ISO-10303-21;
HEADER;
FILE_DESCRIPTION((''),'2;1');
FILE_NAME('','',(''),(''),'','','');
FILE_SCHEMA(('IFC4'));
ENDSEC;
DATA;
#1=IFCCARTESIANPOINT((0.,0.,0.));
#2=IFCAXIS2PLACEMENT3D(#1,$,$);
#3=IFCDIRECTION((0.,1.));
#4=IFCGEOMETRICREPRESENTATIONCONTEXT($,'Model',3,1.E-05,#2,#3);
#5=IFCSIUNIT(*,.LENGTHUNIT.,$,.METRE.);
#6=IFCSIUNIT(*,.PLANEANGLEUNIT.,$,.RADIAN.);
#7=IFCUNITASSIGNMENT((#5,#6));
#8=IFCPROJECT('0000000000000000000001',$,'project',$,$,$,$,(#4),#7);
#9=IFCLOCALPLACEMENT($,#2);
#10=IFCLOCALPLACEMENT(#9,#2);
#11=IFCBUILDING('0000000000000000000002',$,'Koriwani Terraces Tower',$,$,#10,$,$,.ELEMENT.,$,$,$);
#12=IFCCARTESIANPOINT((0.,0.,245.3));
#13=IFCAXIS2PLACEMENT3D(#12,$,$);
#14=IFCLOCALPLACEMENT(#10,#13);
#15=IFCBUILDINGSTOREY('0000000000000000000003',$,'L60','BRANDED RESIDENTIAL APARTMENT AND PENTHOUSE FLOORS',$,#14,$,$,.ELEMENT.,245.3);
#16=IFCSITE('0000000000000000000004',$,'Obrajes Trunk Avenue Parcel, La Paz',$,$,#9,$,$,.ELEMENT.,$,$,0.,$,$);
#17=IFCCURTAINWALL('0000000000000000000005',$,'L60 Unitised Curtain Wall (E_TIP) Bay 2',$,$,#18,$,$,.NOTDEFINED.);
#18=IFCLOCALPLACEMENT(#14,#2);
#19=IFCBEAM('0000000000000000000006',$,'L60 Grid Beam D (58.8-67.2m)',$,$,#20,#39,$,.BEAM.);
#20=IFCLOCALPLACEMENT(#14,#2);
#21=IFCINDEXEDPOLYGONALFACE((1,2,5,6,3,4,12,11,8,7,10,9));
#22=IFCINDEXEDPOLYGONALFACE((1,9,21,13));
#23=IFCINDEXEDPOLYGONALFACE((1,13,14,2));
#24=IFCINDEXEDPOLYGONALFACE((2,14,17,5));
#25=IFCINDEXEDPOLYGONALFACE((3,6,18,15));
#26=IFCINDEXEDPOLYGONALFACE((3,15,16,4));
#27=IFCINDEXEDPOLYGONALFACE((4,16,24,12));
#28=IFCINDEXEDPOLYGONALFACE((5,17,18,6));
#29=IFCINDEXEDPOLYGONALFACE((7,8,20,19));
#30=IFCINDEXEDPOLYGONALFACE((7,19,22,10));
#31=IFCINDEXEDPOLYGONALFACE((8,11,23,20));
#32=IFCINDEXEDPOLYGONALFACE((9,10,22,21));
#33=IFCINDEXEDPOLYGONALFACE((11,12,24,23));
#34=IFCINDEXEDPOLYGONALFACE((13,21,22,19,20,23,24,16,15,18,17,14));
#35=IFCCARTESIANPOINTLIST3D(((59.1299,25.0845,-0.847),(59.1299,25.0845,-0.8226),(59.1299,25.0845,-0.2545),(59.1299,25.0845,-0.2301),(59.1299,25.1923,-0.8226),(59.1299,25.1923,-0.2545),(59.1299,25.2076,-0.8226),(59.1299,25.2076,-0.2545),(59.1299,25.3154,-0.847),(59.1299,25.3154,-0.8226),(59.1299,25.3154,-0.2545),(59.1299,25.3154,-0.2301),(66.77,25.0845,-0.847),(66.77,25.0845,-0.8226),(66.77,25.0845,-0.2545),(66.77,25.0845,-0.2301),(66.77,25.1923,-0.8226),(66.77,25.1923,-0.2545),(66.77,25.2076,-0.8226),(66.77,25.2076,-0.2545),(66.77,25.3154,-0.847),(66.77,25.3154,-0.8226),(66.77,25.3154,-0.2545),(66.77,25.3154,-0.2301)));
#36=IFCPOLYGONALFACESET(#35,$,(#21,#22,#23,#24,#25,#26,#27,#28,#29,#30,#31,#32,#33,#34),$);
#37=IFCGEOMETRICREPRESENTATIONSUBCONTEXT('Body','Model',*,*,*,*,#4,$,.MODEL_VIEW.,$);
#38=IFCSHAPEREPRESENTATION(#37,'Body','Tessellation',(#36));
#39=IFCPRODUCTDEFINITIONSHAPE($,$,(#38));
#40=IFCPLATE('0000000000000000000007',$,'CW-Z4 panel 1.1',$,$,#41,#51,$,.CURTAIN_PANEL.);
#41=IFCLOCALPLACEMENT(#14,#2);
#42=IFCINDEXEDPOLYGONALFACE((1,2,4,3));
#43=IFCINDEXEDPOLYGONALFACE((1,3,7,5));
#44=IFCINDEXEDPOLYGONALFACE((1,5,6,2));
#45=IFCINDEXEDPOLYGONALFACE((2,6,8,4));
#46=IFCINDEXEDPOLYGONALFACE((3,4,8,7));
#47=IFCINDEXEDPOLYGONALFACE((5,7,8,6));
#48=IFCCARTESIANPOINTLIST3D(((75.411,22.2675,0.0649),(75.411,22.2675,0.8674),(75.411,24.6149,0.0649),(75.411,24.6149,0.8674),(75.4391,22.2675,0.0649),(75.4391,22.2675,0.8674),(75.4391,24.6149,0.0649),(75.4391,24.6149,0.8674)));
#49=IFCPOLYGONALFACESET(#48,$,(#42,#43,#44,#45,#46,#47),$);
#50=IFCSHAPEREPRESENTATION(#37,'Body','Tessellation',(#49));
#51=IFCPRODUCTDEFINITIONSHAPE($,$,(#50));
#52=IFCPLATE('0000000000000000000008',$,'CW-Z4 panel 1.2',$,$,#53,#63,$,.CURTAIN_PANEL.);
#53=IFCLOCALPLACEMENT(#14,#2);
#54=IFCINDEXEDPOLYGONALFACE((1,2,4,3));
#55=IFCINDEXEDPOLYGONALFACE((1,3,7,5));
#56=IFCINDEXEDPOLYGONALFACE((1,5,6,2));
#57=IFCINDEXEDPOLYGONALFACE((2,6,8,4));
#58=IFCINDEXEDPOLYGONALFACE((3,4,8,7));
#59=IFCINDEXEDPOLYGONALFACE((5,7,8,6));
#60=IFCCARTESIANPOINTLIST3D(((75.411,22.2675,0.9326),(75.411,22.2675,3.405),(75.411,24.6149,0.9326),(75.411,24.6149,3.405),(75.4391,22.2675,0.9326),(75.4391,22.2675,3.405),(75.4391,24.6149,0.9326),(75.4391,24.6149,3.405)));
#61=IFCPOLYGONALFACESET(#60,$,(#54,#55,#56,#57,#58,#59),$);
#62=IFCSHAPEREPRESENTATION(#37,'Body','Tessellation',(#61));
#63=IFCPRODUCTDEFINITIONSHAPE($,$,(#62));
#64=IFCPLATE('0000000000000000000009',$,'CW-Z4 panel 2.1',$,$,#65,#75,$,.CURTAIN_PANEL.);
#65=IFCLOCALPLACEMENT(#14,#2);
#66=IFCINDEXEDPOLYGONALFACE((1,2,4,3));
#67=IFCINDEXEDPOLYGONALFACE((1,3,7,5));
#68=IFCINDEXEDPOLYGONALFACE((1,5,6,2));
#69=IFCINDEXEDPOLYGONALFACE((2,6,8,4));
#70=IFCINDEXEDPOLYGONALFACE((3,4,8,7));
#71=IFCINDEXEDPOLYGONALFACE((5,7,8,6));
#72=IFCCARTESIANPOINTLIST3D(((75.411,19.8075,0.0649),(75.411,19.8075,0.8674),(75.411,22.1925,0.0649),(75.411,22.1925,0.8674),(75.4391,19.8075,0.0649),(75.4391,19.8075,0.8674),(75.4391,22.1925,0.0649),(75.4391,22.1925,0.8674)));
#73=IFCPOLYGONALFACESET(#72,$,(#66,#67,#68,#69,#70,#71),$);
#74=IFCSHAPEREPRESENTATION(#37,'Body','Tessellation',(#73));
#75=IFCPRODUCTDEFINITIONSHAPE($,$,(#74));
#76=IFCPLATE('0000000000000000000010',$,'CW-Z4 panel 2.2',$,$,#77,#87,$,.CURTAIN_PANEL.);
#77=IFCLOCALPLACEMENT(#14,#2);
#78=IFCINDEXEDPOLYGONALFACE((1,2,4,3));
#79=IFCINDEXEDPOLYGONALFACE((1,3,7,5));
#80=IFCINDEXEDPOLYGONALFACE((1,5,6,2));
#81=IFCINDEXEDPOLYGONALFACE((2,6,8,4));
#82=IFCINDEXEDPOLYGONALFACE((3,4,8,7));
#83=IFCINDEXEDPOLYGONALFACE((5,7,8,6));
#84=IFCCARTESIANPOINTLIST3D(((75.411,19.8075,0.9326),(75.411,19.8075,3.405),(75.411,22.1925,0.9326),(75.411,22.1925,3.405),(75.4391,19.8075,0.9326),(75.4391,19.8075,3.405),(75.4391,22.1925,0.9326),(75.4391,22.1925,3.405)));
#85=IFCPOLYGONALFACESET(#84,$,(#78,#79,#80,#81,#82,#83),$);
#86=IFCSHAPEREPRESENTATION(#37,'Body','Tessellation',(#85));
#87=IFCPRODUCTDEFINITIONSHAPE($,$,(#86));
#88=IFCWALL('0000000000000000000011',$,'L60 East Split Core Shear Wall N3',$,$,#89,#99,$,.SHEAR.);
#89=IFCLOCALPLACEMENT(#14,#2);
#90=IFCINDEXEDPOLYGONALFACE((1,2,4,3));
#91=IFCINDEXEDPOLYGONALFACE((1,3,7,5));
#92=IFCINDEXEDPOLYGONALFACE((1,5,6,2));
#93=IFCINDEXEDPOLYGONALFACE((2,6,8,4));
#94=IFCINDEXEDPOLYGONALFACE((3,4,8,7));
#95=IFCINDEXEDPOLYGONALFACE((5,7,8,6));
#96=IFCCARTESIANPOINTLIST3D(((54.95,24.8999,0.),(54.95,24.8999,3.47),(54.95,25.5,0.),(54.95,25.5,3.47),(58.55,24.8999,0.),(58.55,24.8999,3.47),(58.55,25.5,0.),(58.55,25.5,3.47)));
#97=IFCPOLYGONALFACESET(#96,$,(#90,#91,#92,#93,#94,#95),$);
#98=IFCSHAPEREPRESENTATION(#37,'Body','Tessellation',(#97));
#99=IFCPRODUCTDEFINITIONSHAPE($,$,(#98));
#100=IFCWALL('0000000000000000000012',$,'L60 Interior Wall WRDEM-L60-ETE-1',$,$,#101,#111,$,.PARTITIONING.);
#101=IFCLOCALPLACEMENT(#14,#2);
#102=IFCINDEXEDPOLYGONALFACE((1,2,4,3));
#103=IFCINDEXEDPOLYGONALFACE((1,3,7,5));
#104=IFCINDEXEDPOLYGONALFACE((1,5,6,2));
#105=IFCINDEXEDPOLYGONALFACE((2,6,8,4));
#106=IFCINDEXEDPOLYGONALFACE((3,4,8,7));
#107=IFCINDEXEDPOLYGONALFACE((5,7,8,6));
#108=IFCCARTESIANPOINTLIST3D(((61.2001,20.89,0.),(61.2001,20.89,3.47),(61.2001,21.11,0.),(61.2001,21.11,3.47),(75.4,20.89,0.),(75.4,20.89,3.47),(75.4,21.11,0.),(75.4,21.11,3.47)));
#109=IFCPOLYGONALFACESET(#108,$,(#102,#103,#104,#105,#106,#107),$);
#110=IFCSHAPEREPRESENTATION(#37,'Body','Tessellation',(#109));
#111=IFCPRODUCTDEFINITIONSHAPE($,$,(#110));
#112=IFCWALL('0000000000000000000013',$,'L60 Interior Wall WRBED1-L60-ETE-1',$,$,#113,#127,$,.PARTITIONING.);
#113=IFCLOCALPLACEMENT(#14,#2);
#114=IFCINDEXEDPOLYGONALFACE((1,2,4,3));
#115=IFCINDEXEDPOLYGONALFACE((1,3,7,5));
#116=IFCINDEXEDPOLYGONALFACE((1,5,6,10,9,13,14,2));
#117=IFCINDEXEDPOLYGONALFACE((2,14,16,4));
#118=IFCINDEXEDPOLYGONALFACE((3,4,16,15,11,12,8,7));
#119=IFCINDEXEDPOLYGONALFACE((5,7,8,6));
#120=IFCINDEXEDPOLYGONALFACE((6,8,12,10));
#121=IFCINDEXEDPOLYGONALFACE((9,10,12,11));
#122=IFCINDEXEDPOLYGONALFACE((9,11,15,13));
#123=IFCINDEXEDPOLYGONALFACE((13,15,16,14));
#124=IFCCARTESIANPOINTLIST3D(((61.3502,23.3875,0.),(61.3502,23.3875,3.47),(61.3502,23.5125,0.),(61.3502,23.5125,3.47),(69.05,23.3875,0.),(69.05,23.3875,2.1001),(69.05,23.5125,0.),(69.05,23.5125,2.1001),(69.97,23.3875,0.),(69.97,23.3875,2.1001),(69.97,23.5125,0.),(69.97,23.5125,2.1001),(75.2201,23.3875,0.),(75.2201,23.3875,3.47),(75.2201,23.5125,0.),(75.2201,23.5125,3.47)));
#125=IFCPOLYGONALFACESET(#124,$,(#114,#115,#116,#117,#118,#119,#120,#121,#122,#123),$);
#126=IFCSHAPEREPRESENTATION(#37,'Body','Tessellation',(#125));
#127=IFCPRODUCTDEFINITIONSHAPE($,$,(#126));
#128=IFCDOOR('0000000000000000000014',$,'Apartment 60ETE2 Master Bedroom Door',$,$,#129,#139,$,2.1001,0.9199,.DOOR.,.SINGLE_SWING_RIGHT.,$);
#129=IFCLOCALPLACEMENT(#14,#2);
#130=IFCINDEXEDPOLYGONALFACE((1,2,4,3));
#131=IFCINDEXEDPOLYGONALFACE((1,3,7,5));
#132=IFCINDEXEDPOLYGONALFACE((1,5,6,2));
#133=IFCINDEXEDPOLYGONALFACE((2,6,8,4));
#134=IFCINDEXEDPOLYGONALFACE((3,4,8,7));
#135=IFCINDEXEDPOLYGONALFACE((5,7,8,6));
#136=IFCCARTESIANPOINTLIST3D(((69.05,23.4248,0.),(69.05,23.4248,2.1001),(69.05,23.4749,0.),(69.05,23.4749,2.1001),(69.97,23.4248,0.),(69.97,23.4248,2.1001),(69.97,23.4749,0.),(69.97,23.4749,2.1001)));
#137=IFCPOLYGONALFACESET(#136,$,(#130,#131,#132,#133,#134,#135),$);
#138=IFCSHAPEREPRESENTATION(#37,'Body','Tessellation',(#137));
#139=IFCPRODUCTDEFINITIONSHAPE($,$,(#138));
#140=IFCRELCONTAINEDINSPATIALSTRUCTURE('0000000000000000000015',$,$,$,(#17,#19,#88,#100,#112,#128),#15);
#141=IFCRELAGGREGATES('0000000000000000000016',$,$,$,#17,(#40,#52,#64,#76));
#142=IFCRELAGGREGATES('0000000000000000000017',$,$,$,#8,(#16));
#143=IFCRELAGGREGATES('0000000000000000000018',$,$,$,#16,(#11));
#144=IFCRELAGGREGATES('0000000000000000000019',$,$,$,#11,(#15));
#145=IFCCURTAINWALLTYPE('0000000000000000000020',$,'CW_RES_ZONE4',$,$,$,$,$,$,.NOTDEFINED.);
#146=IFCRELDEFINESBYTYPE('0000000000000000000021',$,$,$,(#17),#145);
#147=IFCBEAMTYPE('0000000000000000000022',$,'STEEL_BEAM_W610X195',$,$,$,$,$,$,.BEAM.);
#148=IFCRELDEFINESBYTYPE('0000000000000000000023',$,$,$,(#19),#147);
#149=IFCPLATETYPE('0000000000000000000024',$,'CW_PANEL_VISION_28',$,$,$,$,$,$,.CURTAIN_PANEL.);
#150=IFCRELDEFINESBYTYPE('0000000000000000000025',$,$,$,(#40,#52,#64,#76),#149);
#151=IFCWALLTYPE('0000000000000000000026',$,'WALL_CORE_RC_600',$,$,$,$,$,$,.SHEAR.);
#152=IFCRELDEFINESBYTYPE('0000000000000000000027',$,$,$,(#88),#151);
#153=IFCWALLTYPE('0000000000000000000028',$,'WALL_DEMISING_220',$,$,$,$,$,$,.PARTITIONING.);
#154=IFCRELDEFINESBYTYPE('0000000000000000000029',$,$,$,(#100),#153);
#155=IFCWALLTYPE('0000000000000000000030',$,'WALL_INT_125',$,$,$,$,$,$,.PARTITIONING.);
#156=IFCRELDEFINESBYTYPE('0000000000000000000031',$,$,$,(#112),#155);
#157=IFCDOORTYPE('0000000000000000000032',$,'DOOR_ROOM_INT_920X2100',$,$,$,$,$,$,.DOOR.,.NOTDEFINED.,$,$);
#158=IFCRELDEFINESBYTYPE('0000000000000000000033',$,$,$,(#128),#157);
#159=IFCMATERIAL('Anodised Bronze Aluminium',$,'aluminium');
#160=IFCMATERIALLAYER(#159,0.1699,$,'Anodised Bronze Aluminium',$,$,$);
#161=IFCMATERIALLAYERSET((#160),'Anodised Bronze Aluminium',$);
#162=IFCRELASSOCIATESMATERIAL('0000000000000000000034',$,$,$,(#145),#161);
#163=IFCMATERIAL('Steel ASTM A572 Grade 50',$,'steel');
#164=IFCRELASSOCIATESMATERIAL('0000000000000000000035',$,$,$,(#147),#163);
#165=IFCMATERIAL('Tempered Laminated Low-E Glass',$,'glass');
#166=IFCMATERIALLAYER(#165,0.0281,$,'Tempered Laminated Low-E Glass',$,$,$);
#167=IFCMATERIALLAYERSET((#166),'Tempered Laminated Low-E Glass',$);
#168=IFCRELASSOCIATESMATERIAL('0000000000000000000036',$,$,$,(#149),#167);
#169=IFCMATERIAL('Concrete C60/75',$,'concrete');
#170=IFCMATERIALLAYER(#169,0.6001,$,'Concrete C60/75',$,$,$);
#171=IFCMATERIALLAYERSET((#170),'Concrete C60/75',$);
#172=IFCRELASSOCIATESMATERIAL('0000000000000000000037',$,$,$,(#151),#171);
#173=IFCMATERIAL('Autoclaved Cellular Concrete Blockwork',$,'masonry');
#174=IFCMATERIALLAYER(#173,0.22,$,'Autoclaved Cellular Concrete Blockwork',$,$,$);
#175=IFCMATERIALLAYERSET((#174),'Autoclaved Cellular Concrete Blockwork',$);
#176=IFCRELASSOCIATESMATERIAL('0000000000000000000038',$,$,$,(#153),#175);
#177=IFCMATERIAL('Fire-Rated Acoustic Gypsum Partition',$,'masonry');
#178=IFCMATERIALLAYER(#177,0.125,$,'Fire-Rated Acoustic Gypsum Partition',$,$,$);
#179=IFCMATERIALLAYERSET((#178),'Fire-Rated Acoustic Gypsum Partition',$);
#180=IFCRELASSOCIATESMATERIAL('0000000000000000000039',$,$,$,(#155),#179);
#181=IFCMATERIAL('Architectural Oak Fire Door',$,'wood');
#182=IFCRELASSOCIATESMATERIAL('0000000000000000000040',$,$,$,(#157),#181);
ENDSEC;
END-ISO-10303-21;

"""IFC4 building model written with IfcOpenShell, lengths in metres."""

from ifc_helpers import new_model, si_unit, direction, frame, frame_2d, origin, origin_2d, place, context, subcontext, project, spatial, rectangle, i_section, extrude, material, layer, layer_set, material_profile, profile_set, type_object, element, fill, aggregate, save


model = new_model("IFC4")

# Units and contexts
model_context = context("Model", 3, precision=1e-05, world=origin(), true_north=direction((0.0, 1.0)))
body_context = subcontext(model_context, "Body", "Model", "MODEL_VIEW")
ifc_project = project(units=[si_unit("LENGTHUNIT", "METRE"), si_unit("PLANEANGLEUNIT", "RADIAN")], contexts=[model_context])

# Site, building, storey
site_placement = place(None, origin())
site = spatial("IfcSite", under=ifc_project, at=site_placement, Name="Obrajes Trunk Avenue Parcel, La Paz", CompositionType="ELEMENT", RefElevation=0.0)
building_placement = place(site_placement, origin())
building = spatial("IfcBuilding", under=site, at=building_placement, Name="Koriwani Terraces Tower", CompositionType="ELEMENT")
storey_placement = place(building_placement, frame((0.0, 0.0, 245.3)))
storey = spatial("IfcBuildingStorey", under=building, at=storey_placement, Name="L60", Description="BRANDED RESIDENTIAL APARTMENT AND PENTHOUSE FLOORS", CompositionType="ELEMENT", Elevation=245.3)

# Curtain wall
ifc_material_1 = material(Name="Anodised Bronze Aluminium", Category="aluminium")
ifc_layer_1 = layer(ifc_material_1, 0.1699, Name="Anodised Bronze Aluminium")
ifc_layer_set_1 = layer_set([ifc_layer_1], Name="Anodised Bronze Aluminium")
curtain_wall_type = type_object("IfcCurtainWallType", Name="CW_RES_ZONE4", PredefinedType="NOTDEFINED", material=ifc_layer_set_1)
curtain_wall_placement = place(storey_placement, origin())
curtain_wall = element("IfcCurtainWall", 1, at=curtain_wall_placement, inside=storey, type_object=curtain_wall_type, Name="L60 Unitised Curtain Wall (E_TIP) Bay 2", PredefinedType="NOTDEFINED")

# Beam
ifc_material_2 = material(Name="Steel ASTM A572 Grade 50", Category="steel")
ifc_material_profile_1 = material_profile(ifc_material_2, i_section(OverallWidth=0.231, OverallDepth=0.6169, WebThickness=0.0154, FlangeThickness=0.0244, at=origin_2d()), Name="Steel ASTM A572 Grade 50", Category="LoadBearing")
ifc_profile_set_1 = profile_set([ifc_material_profile_1], Name="Steel ASTM A572 Grade 50")
beam_type_1 = type_object("IfcBeamType", Name="STEEL_BEAM_W610X195", PredefinedType="BEAM", material=ifc_profile_set_1)
beam_1_placement = place(storey_placement, frame((59.1299, 25.2, -0.5386), z_axis=(1.0, 0.0, 0.0), x_axis=(0.0, 1.0, 0.0)))
element("IfcBeam", 2, at=beam_1_placement, inside=storey, type_object=beam_type_1, Name="L60 Grid Beam D (58.8-67.2m)", PredefinedType="BEAM", context=body_context, shape_type="SweptSolid", body=[
    extrude(i_section(OverallWidth=0.231, OverallDepth=0.6169, WebThickness=0.0154, FlangeThickness=0.0244, at=origin_2d()), origin(), (0.0, 0.0, 1.0), 7.6401),
])

# Plates
ifc_material_3 = material(Name="Tempered Laminated Low-E Glass", Category="glass")
ifc_layer_2 = layer(ifc_material_3, 0.0281, Name="Tempered Laminated Low-E Glass")
ifc_layer_set_2 = layer_set([ifc_layer_2], Name="Tempered Laminated Low-E Glass")
plate_type = type_object("IfcPlateType", Name="CW_PANEL_VISION_28", PredefinedType="CURTAIN_PANEL", material=ifc_layer_set_2)
plate_1_placement = place(storey_placement, frame((75.425, 23.4412, 0.0649), z_axis=(0.0, 0.0, 1.0), x_axis=(0.0, -1.0, 0.0)))
plate_1 = element("IfcPlate", 3, at=plate_1_placement, type_object=plate_type, Name="CW-Z4 panel 1.1", PredefinedType="CURTAIN_PANEL", context=body_context, shape_type="SweptSolid", body=[
    extrude(rectangle(XDim=2.3474, YDim=0.0281, at=origin_2d()), origin(), (0.0, 0.0, 1.0), 0.8025),
])
plate_2_placement = place(storey_placement, frame((75.425, 23.4412, 0.9326), z_axis=(0.0, 0.0, 1.0), x_axis=(0.0, -1.0, 0.0)))
plate_2 = element("IfcPlate", 4, at=plate_2_placement, type_object=plate_type, Name="CW-Z4 panel 1.2", PredefinedType="CURTAIN_PANEL", context=body_context, shape_type="SweptSolid", body=[
    extrude(rectangle(XDim=2.3474, YDim=0.0281, at=origin_2d()), origin(), (0.0, 0.0, 1.0), 2.4724),
])
plate_3_placement = place(storey_placement, frame((75.425, 21.0, 0.0649), z_axis=(0.0, 0.0, 1.0), x_axis=(0.0, -1.0, 0.0)))
plate_3 = element("IfcPlate", 5, at=plate_3_placement, type_object=plate_type, Name="CW-Z4 panel 2.1", PredefinedType="CURTAIN_PANEL", context=body_context, shape_type="SweptSolid", body=[
    extrude(rectangle(XDim=2.385, YDim=0.0281, at=origin_2d()), origin(), (0.0, 0.0, 1.0), 0.8025),
])
plate_4_placement = place(storey_placement, frame((75.425, 21.0, 0.9326), z_axis=(0.0, 0.0, 1.0), x_axis=(0.0, -1.0, 0.0)))
plate_4 = element("IfcPlate", 6, at=plate_4_placement, type_object=plate_type, Name="CW-Z4 panel 2.2", PredefinedType="CURTAIN_PANEL", context=body_context, shape_type="SweptSolid", body=[
    extrude(rectangle(XDim=2.385, YDim=0.0281, at=origin_2d()), origin(), (0.0, 0.0, 1.0), 2.4724),
])
aggregate(curtain_wall, [plate_1, plate_2, plate_3, plate_4])

# Walls
ifc_material_4 = material(Name="Concrete C60/75", Category="concrete")
ifc_layer_3 = layer(ifc_material_4, 0.6001, Name="Concrete C60/75")
ifc_layer_set_3 = layer_set([ifc_layer_3], Name="Concrete C60/75")
wall_type_1 = type_object("IfcWallType", Name="WALL_CORE_RC_600", PredefinedType="SHEAR", material=ifc_layer_set_3)
wall_1_placement = place(storey_placement, frame((54.95, 25.2, 0.0), z_axis=(0.0, 0.0, 1.0), x_axis=(1.0, 0.0, 0.0)))
element("IfcWall", 7, at=wall_1_placement, inside=storey, type_object=wall_type_1, Name="L60 East Split Core Shear Wall N3", PredefinedType="SHEAR", context=body_context, shape_type="SweptSolid", body=[
    extrude(rectangle(XDim=3.6001, YDim=0.6001, at=frame_2d((1.8, 0.0))), origin(), (0.0, 0.0, 1.0), 3.47),
])
ifc_material_5 = material(Name="Autoclaved Cellular Concrete Blockwork", Category="masonry")
ifc_layer_4 = layer(ifc_material_5, 0.22, Name="Autoclaved Cellular Concrete Blockwork")
ifc_layer_set_4 = layer_set([ifc_layer_4], Name="Autoclaved Cellular Concrete Blockwork")
wall_type_2 = type_object("IfcWallType", Name="WALL_DEMISING_220", PredefinedType="PARTITIONING", material=ifc_layer_set_4)
wall_2_placement = place(storey_placement, frame((61.2, 21.0, 0.0), z_axis=(0.0, 0.0, 1.0), x_axis=(1.0, 0.0, 0.0)))
element("IfcWall", 8, at=wall_2_placement, inside=storey, type_object=wall_type_2, Name="L60 Interior Wall WRDEM-L60-ETE-1", PredefinedType="PARTITIONING", context=body_context, shape_type="SweptSolid", body=[
    extrude(rectangle(XDim=14.2, YDim=0.22, at=frame_2d((7.1001, 0.0))), origin(), (0.0, 0.0, 1.0), 3.47),
])

# Wall, opening, door
ifc_material_6 = material(Name="Fire-Rated Acoustic Gypsum Partition", Category="masonry")
ifc_layer_5 = layer(ifc_material_6, 0.125, Name="Fire-Rated Acoustic Gypsum Partition")
ifc_layer_set_5 = layer_set([ifc_layer_5], Name="Fire-Rated Acoustic Gypsum Partition")
wall_type_3 = type_object("IfcWallType", Name="WALL_INT_125", PredefinedType="PARTITIONING", material=ifc_layer_set_5)
wall_3_placement = place(storey_placement, frame((61.3501, 23.45, 0.0), z_axis=(0.0, 0.0, 1.0), x_axis=(1.0, 0.0, 0.0)))
wall_3 = element("IfcWall", 9, at=wall_3_placement, inside=storey, type_object=wall_type_3, Name="L60 Interior Wall WRBED1-L60-ETE-1", PredefinedType="PARTITIONING", context=body_context, shape_type="SweptSolid", body=[
    extrude(rectangle(XDim=13.8699, YDim=0.125, at=frame_2d((6.9351, 0.0))), origin(), (0.0, 0.0, 1.0), 3.47),
])
opening_1_placement = place(wall_3_placement, frame((7.7, 0.0, 0.0)))
opening_1 = element("IfcOpeningElement", 10, at=opening_1_placement, cuts=wall_3, PredefinedType="OPENING", context=body_context, shape_type="SweptSolid", body=[
    extrude(rectangle(XDim=0.9199, YDim=2.1001, at=frame_2d((0.46, 1.05))), frame((0.0, 0.0725, 0.0), z_axis=(0.0, -1.0, 0.0), x_axis=(1.0, 0.0, 0.0)), (0.0, 0.0, 1.0), 0.145),
])
ifc_material_7 = material(Name="Architectural Oak Fire Door", Category="wood")
door_type_1 = type_object("IfcDoorType", Name="DOOR_ROOM_INT_920X2100", OperationType="NOTDEFINED", PredefinedType="DOOR", material=ifc_material_7)
door_1_placement = place(opening_1_placement, origin())
door_1 = element("IfcDoor", 11, at=door_1_placement, inside=storey, type_object=door_type_1, Name="Apartment 60ETE2 Master Bedroom Door", OperationType="SINGLE_SWING_RIGHT", OverallHeight=2.1001, OverallWidth=0.9199, PredefinedType="DOOR", context=body_context, shape_type="SweptSolid", body=[
    extrude(rectangle(XDim=0.9199, YDim=2.1001, at=frame_2d((0.46, 1.05))), frame((0.0, 0.0249, 0.0), z_axis=(0.0, -1.0, 0.0), x_axis=(1.0, 0.0, 0.0)), (0.0, 0.0, 1.0), 0.05),
])
fill(opening_1, door_1)

save(model, "model.ifc")
